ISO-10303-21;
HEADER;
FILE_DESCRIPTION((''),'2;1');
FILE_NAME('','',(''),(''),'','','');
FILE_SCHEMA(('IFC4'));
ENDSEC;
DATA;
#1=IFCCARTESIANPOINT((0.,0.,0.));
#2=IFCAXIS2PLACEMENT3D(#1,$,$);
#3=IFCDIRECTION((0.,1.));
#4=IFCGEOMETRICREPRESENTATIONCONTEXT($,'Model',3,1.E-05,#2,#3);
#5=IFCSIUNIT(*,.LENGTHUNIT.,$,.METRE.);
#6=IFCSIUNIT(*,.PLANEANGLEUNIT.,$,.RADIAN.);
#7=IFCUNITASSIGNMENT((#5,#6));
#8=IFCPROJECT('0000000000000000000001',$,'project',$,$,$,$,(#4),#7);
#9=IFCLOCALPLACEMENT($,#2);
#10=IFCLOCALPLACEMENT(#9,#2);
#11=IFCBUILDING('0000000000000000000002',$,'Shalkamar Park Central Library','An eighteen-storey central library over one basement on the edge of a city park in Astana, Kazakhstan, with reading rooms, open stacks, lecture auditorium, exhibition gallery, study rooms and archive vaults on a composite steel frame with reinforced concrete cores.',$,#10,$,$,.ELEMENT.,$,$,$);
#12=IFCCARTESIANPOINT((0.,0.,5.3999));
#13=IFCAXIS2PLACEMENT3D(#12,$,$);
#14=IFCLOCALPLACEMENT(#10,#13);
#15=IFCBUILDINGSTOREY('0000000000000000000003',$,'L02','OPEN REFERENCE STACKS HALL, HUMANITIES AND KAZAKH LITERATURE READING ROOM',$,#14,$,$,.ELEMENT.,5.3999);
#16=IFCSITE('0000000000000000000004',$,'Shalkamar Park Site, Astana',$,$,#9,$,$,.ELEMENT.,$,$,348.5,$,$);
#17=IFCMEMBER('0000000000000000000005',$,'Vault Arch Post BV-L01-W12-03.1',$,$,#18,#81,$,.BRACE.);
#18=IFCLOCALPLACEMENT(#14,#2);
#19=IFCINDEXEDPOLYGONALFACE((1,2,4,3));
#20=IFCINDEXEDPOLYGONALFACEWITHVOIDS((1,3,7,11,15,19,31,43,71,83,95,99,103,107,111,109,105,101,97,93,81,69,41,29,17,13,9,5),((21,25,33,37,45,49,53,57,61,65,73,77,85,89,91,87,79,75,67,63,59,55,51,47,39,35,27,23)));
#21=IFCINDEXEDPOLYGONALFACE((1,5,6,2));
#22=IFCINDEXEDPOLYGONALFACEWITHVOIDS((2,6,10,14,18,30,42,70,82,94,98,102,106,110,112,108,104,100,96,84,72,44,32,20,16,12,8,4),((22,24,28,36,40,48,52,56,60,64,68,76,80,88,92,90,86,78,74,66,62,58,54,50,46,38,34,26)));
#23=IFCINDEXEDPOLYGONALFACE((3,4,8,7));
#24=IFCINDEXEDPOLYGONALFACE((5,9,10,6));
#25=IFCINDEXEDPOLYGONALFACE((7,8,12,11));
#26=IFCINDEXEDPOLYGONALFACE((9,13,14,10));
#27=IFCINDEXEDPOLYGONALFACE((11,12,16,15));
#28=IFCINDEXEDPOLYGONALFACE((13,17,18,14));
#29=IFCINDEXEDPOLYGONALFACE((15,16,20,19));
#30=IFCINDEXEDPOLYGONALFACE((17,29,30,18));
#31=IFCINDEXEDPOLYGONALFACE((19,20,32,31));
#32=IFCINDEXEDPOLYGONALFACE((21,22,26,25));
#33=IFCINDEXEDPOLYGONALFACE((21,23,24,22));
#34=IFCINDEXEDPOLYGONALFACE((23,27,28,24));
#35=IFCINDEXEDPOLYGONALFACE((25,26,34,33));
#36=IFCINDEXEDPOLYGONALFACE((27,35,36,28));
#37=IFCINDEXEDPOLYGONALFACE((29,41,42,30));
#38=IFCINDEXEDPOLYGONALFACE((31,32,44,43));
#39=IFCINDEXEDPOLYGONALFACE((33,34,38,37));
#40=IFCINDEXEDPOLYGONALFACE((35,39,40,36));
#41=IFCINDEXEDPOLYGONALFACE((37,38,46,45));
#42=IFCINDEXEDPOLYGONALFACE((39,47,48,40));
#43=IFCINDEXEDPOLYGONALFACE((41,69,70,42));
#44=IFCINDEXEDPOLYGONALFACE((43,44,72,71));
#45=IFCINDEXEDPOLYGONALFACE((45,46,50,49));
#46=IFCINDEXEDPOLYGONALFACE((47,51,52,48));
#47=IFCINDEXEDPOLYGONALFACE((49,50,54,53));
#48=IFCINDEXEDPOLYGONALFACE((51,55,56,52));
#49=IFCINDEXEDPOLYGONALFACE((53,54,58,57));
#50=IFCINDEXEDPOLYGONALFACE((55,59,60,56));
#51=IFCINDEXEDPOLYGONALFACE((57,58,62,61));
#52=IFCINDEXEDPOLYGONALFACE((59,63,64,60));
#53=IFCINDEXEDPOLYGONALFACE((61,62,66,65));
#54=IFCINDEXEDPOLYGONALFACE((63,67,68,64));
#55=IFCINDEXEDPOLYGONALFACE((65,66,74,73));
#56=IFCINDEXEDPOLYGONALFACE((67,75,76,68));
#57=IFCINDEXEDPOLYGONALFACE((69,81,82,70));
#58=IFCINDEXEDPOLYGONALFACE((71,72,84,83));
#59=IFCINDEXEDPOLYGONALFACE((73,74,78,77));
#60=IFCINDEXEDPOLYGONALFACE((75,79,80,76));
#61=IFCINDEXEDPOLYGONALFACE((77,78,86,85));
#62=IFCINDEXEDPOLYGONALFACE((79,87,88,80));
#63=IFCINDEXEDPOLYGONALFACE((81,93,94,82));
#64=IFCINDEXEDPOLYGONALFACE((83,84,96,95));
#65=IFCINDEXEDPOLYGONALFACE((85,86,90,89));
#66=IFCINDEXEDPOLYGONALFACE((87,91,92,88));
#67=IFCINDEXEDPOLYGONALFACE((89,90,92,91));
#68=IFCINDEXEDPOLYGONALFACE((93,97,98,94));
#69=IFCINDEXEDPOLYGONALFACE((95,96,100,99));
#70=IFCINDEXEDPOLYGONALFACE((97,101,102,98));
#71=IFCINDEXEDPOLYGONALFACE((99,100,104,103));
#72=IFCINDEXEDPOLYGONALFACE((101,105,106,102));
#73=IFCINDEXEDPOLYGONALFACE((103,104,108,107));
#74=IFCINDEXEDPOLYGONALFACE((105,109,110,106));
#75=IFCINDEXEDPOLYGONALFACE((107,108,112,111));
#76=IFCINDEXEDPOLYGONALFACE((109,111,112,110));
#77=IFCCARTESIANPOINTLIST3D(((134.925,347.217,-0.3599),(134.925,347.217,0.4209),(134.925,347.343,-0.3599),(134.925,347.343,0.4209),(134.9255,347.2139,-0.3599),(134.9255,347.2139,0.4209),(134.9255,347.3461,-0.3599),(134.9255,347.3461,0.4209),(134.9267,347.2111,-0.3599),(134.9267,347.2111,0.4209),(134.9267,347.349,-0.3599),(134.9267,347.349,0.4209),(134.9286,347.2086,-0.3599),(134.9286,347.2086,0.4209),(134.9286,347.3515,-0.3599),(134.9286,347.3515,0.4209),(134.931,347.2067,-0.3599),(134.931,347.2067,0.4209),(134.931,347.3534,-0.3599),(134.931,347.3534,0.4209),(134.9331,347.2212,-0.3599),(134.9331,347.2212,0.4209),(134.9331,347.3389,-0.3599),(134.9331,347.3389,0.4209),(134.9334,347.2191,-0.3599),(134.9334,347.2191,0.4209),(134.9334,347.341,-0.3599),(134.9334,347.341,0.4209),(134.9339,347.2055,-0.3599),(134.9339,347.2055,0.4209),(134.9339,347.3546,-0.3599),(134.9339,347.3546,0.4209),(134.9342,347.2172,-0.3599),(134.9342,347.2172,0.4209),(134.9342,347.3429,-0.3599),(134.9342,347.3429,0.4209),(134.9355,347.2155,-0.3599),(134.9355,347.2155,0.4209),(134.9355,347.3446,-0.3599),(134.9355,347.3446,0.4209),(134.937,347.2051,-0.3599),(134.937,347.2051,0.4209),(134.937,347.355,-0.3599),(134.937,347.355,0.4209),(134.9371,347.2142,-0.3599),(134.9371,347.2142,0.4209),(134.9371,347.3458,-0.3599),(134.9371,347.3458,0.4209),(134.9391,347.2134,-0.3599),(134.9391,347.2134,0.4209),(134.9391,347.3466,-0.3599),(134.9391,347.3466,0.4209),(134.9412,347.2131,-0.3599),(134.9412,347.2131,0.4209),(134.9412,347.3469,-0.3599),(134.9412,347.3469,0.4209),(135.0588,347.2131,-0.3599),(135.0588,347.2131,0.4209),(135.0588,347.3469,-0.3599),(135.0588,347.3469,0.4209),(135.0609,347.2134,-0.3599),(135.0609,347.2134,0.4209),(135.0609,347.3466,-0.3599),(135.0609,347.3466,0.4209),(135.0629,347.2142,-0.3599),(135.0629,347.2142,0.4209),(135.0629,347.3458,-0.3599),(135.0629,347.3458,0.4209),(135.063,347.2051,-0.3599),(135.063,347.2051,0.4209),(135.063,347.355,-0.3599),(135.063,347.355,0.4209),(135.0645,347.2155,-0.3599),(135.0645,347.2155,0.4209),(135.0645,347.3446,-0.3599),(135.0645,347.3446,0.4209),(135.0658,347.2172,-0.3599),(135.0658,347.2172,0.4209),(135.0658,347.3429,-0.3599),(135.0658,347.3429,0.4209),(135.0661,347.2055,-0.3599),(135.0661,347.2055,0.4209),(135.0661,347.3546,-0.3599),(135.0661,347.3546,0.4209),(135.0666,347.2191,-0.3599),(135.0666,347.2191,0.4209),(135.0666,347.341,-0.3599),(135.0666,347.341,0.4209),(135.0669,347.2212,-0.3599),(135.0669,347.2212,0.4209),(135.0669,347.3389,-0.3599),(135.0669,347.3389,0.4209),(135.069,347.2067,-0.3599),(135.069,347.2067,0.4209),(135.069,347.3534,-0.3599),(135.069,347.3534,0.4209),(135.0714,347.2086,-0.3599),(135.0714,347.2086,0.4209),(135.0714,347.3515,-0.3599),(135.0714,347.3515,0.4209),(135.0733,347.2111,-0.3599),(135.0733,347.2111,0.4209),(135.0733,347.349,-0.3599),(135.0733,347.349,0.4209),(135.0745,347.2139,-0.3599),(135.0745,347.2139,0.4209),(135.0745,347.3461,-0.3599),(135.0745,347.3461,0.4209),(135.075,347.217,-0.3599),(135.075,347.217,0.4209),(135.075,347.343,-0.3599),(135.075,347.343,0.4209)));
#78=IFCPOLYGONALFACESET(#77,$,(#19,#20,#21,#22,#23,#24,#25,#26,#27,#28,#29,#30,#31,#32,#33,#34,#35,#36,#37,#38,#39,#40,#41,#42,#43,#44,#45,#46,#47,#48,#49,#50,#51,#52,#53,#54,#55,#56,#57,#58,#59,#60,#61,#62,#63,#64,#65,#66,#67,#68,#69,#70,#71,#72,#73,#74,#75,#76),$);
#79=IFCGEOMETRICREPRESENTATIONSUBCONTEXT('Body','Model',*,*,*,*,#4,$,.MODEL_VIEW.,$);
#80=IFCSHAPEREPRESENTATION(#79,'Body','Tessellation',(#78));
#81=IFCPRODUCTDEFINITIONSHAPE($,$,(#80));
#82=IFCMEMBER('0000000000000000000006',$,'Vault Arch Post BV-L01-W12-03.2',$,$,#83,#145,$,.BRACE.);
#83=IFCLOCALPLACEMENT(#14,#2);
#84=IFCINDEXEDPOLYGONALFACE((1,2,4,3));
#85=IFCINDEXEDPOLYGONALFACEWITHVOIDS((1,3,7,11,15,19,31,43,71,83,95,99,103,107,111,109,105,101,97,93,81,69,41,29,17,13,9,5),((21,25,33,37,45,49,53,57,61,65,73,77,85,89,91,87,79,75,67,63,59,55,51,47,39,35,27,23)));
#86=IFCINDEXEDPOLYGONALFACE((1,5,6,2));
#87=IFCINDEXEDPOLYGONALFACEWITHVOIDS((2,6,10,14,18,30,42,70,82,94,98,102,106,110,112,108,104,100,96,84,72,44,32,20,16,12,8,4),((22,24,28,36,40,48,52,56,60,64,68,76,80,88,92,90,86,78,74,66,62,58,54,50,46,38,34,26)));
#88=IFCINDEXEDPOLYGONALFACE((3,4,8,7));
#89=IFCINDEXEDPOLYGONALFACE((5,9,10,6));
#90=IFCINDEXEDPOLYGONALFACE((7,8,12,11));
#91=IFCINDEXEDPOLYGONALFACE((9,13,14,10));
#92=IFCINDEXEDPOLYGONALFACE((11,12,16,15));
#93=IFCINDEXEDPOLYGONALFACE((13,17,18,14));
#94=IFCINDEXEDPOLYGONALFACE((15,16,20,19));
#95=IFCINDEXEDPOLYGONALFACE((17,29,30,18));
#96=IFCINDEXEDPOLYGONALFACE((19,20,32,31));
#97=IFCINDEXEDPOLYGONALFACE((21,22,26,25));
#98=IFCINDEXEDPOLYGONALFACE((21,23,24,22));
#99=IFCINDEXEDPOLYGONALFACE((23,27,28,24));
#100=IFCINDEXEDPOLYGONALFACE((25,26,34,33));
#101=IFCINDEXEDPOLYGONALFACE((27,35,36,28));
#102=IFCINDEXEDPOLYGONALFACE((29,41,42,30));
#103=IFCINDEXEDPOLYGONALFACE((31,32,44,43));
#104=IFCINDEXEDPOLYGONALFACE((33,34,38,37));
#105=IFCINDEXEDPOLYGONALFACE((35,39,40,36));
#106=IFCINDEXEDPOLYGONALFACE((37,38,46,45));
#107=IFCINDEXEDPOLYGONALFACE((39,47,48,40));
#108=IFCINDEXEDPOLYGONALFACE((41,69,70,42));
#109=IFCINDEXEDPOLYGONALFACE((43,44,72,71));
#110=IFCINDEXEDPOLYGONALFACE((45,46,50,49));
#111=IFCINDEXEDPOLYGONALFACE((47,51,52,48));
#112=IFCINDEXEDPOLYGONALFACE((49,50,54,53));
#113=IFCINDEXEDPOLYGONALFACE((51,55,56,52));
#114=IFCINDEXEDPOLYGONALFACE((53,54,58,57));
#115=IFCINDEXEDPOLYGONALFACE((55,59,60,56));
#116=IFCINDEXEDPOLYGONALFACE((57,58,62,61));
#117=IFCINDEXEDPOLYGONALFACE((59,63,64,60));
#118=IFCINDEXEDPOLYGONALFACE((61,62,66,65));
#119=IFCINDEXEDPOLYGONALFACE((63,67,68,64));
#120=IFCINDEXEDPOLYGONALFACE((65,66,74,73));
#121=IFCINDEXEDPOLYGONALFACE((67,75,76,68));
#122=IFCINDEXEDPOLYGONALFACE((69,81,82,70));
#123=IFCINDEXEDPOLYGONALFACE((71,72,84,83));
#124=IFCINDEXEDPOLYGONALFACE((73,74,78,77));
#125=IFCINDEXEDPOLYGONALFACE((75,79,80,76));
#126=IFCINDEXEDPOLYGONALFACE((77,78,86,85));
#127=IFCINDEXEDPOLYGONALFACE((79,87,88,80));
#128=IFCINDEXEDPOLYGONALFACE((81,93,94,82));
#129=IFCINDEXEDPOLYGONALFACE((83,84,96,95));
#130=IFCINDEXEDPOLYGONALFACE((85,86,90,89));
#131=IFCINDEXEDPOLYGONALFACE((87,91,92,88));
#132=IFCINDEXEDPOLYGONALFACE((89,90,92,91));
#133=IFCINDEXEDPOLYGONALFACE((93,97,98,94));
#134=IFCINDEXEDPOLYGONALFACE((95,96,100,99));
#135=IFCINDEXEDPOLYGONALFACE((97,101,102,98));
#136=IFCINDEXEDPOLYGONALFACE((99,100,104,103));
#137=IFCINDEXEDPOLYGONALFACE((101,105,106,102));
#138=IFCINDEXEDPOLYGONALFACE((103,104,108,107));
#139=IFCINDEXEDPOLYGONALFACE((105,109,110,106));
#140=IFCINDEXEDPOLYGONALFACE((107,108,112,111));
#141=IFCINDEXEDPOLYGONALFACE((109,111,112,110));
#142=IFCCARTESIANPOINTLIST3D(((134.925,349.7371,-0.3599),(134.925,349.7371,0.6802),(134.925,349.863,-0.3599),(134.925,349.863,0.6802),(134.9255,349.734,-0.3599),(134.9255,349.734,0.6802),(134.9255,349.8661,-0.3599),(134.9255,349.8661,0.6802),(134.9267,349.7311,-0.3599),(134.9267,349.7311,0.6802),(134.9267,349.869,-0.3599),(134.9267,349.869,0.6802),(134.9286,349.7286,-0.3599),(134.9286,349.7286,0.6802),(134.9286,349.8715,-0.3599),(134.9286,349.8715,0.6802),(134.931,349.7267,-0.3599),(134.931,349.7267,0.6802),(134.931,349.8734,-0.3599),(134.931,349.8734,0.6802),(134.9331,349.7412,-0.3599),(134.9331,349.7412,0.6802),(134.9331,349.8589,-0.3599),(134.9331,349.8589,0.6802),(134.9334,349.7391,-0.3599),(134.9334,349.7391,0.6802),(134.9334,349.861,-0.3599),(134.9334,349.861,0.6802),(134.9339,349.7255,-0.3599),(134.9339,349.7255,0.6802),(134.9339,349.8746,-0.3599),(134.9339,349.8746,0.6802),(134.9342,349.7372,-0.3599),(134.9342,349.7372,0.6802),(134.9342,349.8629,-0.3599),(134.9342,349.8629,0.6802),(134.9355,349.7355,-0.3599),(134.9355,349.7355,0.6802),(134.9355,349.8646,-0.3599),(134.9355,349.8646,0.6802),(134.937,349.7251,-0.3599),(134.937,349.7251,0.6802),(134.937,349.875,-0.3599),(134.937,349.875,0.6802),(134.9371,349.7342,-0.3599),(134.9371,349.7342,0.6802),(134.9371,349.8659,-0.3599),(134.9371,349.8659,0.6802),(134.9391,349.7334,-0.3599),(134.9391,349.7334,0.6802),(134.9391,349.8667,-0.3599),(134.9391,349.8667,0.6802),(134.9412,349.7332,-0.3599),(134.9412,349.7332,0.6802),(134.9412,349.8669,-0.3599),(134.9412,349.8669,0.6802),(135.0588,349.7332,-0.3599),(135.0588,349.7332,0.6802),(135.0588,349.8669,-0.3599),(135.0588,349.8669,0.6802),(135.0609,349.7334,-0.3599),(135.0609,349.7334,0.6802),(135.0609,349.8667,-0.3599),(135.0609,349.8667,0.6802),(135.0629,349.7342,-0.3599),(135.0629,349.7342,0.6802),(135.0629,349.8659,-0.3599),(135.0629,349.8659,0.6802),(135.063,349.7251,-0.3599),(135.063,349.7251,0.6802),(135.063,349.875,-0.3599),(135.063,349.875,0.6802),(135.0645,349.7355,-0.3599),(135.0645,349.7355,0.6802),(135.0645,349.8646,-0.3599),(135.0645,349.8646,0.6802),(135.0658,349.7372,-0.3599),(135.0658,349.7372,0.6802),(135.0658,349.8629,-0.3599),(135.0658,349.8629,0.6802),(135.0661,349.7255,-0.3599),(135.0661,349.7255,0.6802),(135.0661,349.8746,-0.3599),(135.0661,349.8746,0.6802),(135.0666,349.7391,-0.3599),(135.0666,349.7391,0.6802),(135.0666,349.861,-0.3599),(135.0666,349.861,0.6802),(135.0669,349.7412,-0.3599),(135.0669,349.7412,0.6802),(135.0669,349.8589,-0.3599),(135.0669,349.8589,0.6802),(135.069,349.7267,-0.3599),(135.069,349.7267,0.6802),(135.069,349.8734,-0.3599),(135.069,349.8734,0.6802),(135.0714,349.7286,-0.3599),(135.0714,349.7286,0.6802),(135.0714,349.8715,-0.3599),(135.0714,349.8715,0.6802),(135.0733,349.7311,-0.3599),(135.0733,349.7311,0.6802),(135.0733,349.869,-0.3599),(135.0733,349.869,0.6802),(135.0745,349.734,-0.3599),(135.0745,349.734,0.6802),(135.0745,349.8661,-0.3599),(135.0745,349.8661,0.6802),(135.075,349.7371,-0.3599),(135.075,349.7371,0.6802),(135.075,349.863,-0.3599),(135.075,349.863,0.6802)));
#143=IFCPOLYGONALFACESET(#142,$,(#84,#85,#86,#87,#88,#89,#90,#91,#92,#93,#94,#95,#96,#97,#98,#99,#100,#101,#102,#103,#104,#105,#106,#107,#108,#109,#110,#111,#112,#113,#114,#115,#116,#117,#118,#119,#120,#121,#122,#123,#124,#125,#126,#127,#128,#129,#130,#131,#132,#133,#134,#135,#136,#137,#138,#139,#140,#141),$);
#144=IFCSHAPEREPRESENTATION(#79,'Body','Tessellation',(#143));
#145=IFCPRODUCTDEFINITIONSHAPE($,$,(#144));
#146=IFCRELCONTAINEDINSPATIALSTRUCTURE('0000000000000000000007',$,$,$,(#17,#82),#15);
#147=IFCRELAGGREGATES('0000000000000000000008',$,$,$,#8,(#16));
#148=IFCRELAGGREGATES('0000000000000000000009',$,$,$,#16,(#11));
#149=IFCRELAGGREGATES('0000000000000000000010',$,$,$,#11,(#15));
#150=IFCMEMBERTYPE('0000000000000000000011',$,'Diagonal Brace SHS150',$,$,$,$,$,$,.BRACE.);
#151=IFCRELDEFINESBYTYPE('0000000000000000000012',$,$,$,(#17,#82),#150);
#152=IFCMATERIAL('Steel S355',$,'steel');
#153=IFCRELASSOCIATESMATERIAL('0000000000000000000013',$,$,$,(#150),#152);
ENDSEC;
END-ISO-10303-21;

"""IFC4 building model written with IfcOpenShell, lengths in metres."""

from ifc_helpers import new_model, si_unit, direction, frame, origin, origin_2d, place, context, subcontext, project, spatial, hollow_rectangle, extrude, material, material_profile, profile_set, type_object, element, save


model = new_model("IFC4")

# Units and contexts
model_context = context("Model", 3, precision=1e-05, world=origin(), true_north=direction((0.0, 1.0)))
body_context = subcontext(model_context, "Body", "Model", "MODEL_VIEW")
ifc_project = project(units=[si_unit("LENGTHUNIT", "METRE"), si_unit("PLANEANGLEUNIT", "RADIAN")], contexts=[model_context])

# Site, building, storey
site_placement = place(None, origin())
site = spatial("IfcSite", under=ifc_project, at=site_placement, Name="Shalkamar Park Site, Astana", CompositionType="ELEMENT", RefElevation=348.5)
building_placement = place(site_placement, origin())
building = spatial("IfcBuilding", under=site, at=building_placement, Name="Shalkamar Park Central Library", Description="An eighteen-storey central library over one basement on the edge of a city park in Astana, Kazakhstan, with reading rooms, open stacks, lecture auditorium, exhibition gallery, study rooms and archive vaults on a composite steel frame with reinforced concrete cores.", CompositionType="ELEMENT")
storey_placement = place(building_placement, frame((0.0, 0.0, 5.3999)))
storey = spatial("IfcBuildingStorey", under=building, at=storey_placement, Name="L02", Description="OPEN REFERENCE STACKS HALL, HUMANITIES AND KAZAKH LITERATURE READING ROOM", CompositionType="ELEMENT", Elevation=5.3999)

# Members
ifc_material_1 = material(Name="Steel S355", Category="steel")
ifc_material_profile_1 = material_profile(ifc_material_1, hollow_rectangle(XDim=0.1499, YDim=0.1499, WallThickness=0.0081, InnerFilletRadius=0.0081, OuterFilletRadius=0.012, at=origin_2d()), Name="SHS 150x150x8")
ifc_profile_set_1 = profile_set([ifc_material_profile_1], Name="Steel S355")
member_type_1 = type_object("IfcMemberType", Name="Diagonal Brace SHS150", PredefinedType="BRACE", material=ifc_profile_set_1)
for number, where, z_axis, x_axis, name in (
    (1, (135.0, 347.28, -0.3599), (0.0, 0.0, 1.0), (1.0, 0.0, 0.0), "Vault Arch Post BV-L01-W12-03.1"),
):
    element("IfcMember", number, at=place(storey_placement, frame(where, z_axis=z_axis, x_axis=x_axis)), inside=storey, type_object=member_type_1, Name=name, PredefinedType="BRACE", context=body_context, shape_type="SweptSolid", body=[
        extrude(hollow_rectangle(XDim=0.1499, YDim=0.1499, WallThickness=0.0081, InnerFilletRadius=0.0081, OuterFilletRadius=0.012, at=origin_2d()), origin(), (0.0, 0.0, 1.0), 0.7808),
    ])
member_1_placement = place(storey_placement, frame((135.0, 349.8, -0.3599), z_axis=(0.0, 0.0, 1.0), x_axis=(1.0, 0.0, 0.0)))
element("IfcMember", 2, at=member_1_placement, inside=storey, type_object=member_type_1, Name="Vault Arch Post BV-L01-W12-03.2", PredefinedType="BRACE", context=body_context, shape_type="SweptSolid", body=[
    extrude(hollow_rectangle(XDim=0.1499, YDim=0.1499, WallThickness=0.0081, InnerFilletRadius=0.0081, OuterFilletRadius=0.012, at=origin_2d()), origin(), (0.0, 0.0, 1.0), 1.04),
])

save(model, "model.ifc")
